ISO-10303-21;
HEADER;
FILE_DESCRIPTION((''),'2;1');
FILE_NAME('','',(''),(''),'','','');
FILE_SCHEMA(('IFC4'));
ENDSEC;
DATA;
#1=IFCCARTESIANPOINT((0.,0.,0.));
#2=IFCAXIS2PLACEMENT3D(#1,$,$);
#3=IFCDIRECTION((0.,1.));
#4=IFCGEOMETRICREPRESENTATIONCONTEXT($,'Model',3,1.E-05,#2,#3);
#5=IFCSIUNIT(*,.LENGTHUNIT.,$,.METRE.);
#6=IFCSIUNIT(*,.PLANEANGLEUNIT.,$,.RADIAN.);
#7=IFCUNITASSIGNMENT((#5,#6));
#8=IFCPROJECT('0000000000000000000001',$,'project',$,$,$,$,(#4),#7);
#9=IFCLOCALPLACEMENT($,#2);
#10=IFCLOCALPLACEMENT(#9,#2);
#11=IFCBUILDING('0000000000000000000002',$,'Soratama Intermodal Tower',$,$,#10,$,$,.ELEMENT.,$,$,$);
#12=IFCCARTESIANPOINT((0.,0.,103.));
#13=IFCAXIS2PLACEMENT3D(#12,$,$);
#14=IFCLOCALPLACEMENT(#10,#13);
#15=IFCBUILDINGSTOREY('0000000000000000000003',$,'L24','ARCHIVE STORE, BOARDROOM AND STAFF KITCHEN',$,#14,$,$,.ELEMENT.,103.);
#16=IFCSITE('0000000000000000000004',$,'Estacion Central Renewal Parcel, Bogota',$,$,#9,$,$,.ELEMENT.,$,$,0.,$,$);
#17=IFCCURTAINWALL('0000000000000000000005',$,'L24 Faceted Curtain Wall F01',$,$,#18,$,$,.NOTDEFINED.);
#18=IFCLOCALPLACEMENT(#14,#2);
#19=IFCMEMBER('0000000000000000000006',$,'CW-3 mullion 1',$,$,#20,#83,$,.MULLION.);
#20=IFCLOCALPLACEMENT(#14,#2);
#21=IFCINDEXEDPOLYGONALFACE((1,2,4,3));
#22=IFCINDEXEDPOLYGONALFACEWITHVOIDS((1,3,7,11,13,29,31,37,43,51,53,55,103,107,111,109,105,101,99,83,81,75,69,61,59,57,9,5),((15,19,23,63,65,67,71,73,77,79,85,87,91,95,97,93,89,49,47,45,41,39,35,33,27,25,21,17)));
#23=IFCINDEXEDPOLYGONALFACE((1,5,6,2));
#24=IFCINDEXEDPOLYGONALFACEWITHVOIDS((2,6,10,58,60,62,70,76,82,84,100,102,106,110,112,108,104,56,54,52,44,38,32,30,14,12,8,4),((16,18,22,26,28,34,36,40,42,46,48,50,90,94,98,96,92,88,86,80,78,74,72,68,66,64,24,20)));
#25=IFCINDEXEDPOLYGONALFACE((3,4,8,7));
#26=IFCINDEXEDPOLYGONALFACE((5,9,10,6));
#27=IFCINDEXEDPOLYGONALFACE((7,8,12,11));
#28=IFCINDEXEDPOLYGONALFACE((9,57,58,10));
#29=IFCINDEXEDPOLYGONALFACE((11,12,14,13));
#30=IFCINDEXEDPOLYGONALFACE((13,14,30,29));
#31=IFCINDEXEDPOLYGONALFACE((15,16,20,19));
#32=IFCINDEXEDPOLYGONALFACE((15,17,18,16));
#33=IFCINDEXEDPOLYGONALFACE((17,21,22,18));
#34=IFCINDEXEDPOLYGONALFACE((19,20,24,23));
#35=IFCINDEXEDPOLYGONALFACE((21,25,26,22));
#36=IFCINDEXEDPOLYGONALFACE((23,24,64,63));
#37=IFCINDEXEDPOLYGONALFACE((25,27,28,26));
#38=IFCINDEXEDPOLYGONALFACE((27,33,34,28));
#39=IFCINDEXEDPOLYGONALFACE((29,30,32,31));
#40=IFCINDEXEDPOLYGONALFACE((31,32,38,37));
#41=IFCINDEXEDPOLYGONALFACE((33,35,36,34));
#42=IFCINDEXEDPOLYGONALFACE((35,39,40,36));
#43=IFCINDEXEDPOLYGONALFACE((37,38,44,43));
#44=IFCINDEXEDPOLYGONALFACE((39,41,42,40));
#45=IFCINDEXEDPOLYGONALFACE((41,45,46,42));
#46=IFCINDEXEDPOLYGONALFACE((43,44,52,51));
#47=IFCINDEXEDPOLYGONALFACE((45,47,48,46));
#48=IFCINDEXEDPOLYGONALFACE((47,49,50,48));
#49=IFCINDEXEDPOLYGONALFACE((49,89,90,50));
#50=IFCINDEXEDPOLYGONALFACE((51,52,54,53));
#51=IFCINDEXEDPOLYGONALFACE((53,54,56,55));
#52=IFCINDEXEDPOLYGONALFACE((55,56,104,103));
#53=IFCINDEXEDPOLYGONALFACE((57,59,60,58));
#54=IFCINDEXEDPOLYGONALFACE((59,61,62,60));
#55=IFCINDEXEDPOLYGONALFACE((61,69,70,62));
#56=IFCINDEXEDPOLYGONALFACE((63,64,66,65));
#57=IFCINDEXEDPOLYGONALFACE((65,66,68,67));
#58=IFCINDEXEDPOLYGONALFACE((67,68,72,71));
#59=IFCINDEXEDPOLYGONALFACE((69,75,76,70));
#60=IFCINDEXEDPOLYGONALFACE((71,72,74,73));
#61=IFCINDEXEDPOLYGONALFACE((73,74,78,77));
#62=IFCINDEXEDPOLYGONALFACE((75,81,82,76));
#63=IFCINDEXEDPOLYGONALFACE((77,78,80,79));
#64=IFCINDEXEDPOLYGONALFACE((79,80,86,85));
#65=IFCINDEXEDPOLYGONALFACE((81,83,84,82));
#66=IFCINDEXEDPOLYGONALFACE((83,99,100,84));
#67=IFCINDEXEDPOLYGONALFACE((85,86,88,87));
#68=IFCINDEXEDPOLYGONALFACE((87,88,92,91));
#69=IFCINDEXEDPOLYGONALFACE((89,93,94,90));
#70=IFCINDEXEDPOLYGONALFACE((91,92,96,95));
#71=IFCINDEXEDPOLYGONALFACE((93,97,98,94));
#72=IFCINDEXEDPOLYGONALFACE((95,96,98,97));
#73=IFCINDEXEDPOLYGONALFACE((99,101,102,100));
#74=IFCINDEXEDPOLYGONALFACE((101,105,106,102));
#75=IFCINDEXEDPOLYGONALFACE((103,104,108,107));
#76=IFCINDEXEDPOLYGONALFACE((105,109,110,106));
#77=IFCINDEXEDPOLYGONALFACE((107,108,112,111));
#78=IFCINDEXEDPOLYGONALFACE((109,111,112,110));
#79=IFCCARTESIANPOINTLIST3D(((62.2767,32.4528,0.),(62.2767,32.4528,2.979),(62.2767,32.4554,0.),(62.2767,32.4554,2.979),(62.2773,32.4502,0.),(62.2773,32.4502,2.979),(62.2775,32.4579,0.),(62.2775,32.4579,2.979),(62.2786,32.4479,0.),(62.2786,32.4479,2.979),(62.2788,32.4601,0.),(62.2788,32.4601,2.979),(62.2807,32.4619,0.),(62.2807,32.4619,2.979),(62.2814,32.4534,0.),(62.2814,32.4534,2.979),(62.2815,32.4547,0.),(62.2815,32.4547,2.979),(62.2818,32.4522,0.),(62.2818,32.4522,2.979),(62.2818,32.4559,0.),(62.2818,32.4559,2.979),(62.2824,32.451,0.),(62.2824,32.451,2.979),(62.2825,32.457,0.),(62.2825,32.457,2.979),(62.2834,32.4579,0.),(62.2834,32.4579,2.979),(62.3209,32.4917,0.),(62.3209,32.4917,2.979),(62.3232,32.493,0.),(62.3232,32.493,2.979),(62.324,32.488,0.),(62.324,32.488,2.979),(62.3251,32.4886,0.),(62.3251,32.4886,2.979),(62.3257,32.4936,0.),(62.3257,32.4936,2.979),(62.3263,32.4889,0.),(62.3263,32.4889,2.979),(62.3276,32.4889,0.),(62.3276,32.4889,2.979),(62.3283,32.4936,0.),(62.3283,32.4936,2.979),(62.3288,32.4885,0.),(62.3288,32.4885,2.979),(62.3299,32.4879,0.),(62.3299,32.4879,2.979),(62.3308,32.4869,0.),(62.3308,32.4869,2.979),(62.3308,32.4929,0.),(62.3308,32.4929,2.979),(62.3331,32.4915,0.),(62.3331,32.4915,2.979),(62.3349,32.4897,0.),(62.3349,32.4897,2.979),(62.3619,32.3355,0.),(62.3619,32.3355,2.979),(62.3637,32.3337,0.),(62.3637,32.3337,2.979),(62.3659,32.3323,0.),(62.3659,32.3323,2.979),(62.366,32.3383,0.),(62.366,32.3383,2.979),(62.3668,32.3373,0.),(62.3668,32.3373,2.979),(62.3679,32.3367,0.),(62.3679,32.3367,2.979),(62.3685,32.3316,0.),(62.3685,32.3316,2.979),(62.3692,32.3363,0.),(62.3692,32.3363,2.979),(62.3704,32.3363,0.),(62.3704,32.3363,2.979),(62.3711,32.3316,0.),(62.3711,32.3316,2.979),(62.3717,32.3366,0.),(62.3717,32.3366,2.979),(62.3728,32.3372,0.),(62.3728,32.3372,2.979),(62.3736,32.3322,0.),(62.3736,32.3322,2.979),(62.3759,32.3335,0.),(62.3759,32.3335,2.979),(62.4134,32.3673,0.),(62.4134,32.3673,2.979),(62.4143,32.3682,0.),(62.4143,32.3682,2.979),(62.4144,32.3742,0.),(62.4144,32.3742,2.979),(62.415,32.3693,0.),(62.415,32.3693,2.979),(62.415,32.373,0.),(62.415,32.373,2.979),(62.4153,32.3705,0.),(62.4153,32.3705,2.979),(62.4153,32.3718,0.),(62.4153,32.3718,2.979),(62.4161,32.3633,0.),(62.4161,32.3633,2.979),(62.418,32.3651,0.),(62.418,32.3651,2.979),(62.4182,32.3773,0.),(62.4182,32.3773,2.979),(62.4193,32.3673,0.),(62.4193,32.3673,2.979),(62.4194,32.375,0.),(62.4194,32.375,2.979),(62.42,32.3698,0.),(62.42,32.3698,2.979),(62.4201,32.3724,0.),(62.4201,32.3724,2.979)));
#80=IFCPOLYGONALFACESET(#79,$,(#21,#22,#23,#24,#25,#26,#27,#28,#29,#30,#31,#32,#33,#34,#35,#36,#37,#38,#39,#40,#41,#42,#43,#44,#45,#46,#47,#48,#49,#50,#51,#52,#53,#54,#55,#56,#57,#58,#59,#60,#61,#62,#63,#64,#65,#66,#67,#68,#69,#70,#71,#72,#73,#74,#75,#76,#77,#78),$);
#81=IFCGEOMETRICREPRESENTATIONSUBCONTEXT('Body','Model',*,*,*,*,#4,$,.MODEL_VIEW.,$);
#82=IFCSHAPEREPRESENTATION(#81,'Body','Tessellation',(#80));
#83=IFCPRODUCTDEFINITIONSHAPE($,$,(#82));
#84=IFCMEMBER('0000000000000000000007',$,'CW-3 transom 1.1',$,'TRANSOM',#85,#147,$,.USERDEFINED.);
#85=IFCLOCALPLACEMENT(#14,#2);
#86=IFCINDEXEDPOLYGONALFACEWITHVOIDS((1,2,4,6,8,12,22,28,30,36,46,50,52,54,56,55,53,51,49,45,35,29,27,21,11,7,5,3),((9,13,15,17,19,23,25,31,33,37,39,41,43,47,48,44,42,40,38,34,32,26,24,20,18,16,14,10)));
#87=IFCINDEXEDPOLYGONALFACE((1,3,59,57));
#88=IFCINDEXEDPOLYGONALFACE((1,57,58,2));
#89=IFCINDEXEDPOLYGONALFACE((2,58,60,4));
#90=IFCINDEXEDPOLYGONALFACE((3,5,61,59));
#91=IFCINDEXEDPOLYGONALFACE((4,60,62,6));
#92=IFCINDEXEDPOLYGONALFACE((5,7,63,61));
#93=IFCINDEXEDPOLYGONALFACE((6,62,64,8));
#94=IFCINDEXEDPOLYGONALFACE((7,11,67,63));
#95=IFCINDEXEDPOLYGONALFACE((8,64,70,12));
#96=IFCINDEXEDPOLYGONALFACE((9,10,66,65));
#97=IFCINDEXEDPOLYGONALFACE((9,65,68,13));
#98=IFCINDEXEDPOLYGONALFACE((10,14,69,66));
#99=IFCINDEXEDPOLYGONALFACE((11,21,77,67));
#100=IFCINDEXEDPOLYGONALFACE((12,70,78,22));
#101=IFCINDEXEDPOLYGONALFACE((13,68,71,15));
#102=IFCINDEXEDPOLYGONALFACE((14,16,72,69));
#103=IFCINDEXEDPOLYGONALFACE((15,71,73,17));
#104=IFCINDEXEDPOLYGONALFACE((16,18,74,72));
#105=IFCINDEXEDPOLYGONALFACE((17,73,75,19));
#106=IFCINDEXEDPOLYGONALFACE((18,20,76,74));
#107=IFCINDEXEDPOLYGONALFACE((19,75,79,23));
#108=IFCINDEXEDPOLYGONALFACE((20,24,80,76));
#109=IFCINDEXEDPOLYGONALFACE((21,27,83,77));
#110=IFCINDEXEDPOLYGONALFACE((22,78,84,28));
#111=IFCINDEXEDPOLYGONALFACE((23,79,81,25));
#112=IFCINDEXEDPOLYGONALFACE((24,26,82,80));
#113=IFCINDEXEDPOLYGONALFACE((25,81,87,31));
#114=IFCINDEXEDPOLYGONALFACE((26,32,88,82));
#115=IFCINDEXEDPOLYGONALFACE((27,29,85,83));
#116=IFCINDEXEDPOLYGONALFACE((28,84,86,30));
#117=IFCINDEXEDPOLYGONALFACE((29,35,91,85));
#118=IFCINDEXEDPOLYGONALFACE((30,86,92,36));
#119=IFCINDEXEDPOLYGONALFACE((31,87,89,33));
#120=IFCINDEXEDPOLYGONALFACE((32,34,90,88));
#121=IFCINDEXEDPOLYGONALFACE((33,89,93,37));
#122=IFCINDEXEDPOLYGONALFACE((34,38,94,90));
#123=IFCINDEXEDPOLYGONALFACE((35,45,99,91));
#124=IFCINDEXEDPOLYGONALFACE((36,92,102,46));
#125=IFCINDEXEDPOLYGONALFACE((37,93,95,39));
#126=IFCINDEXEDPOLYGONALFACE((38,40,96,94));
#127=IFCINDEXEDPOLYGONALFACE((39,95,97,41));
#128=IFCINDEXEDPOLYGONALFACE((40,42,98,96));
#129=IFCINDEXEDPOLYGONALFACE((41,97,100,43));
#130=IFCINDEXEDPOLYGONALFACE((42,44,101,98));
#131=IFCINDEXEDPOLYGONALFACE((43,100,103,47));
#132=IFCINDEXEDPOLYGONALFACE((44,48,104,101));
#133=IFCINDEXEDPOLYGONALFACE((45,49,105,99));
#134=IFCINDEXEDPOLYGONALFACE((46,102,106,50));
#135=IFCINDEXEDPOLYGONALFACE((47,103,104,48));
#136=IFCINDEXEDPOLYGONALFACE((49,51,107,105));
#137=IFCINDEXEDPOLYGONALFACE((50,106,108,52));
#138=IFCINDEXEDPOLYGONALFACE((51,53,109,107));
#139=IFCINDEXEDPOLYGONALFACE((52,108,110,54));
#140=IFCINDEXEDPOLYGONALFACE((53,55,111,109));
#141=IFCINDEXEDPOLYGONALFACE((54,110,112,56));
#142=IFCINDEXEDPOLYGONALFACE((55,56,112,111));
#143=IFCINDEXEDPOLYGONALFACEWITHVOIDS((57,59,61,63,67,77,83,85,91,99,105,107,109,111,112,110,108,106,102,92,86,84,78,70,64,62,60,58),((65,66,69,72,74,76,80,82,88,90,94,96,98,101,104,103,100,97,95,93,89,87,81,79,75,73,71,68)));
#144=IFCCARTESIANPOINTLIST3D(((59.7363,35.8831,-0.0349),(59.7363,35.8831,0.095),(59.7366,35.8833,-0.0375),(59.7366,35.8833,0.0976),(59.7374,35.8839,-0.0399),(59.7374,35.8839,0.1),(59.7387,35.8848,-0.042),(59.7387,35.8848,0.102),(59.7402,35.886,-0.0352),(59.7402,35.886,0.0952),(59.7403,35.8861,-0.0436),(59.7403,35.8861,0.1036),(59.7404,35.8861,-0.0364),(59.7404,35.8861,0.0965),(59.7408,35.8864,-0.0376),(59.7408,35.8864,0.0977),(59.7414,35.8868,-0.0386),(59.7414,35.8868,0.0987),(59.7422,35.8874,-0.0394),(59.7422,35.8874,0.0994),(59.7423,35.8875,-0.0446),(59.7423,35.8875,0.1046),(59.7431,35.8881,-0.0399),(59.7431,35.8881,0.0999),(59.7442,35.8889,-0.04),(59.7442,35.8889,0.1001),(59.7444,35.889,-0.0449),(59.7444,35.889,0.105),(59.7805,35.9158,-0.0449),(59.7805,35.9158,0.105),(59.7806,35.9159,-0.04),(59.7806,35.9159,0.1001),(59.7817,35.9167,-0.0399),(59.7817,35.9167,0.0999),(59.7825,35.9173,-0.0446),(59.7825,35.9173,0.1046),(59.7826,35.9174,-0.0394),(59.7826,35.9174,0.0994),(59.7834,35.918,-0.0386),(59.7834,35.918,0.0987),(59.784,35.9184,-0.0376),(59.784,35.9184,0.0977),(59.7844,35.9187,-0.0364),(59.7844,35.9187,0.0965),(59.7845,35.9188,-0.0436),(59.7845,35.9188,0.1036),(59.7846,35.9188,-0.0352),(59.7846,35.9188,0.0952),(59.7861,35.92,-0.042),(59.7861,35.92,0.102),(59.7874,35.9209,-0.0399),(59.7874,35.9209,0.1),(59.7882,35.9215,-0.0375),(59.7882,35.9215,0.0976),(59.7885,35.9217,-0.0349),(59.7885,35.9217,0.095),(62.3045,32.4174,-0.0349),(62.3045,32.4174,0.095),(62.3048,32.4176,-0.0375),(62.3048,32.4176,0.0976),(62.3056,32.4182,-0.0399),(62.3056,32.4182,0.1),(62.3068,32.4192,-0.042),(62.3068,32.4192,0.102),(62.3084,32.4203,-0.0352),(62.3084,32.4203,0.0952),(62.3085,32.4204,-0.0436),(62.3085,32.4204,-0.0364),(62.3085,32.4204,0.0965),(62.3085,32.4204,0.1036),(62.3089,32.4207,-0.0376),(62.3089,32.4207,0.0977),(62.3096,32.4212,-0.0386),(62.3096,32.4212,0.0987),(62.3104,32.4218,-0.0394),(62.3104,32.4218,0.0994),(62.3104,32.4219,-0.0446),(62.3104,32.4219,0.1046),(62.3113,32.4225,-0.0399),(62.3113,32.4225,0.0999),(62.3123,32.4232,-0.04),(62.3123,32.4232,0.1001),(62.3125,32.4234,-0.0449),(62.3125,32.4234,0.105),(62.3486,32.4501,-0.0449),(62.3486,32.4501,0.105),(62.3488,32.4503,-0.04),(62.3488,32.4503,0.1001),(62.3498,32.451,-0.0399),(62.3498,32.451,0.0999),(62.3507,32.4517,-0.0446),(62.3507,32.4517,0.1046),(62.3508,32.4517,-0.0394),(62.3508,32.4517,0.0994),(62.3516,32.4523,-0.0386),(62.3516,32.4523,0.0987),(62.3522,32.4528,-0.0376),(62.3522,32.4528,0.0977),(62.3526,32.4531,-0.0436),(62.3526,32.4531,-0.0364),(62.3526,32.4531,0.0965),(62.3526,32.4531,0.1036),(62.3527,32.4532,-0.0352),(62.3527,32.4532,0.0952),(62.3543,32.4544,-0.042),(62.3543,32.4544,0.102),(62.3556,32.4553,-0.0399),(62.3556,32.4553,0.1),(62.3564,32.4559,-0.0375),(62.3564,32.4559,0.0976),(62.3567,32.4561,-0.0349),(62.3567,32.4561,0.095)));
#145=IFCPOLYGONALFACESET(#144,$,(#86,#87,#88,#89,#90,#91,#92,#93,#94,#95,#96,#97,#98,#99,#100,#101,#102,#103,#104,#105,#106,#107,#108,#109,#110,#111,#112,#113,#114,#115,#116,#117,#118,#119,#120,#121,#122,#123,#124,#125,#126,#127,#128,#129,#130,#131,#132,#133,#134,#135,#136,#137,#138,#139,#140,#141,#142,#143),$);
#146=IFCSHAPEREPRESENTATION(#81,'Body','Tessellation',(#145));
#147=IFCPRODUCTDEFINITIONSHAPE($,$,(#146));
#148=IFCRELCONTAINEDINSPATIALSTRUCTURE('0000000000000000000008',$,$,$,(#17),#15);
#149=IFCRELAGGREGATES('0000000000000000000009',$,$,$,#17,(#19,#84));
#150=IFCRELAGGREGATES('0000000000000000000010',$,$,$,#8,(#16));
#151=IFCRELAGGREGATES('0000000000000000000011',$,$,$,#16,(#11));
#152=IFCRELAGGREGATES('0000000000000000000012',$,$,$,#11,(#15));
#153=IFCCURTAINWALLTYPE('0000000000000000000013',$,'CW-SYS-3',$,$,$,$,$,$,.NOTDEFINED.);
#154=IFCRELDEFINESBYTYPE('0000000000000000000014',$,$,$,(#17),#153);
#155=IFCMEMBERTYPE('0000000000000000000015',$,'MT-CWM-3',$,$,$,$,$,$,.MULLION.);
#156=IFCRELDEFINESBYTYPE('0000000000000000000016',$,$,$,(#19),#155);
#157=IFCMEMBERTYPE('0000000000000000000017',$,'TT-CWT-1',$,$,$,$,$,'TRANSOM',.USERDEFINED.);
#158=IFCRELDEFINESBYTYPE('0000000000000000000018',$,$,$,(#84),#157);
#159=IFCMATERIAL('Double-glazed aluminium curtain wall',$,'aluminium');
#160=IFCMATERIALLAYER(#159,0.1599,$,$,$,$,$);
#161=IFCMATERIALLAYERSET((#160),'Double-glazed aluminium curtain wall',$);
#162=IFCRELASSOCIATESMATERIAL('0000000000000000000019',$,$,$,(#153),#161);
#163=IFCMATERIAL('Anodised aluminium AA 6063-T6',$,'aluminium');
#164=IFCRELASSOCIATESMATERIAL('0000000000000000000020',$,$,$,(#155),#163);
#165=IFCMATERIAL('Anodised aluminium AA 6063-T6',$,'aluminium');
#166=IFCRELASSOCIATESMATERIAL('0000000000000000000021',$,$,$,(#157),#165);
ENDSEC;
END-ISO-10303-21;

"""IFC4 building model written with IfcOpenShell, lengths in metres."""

from ifc_helpers import new_model, si_unit, direction, frame, origin, origin_2d, place, context, subcontext, project, spatial, hollow_rectangle, extrude, material, layer, layer_set, material_profile, profile_set, type_object, element, aggregate, save


model = new_model("IFC4")

# Units and contexts
model_context = context("Model", 3, precision=1e-05, world=origin(), true_north=direction((0.0, 1.0)))
body_context = subcontext(model_context, "Body", "Model", "MODEL_VIEW")
ifc_project = project(units=[si_unit("LENGTHUNIT", "METRE"), si_unit("PLANEANGLEUNIT", "RADIAN")], contexts=[model_context])

# Site, building, storey
site_placement = place(None, origin())
site = spatial("IfcSite", under=ifc_project, at=site_placement, Name="Estacion Central Renewal Parcel, Bogota", CompositionType="ELEMENT", RefElevation=0.0)
building_placement = place(site_placement, origin())
building = spatial("IfcBuilding", under=site, at=building_placement, Name="Soratama Intermodal Tower", CompositionType="ELEMENT")
storey_placement = place(building_placement, frame((0.0, 0.0, 103.0)))
storey = spatial("IfcBuildingStorey", under=building, at=storey_placement, Name="L24", Description="ARCHIVE STORE, BOARDROOM AND STAFF KITCHEN", CompositionType="ELEMENT", Elevation=103.0)

# Curtain wall, members
ifc_material_1 = material(Name="Double-glazed aluminium curtain wall", Category="aluminium")
ifc_layer_1 = layer(ifc_material_1, 0.1599)
ifc_layer_set_1 = layer_set([ifc_layer_1], Name="Double-glazed aluminium curtain wall")
curtain_wall_type = type_object("IfcCurtainWallType", Name="CW-SYS-3", PredefinedType="NOTDEFINED", material=ifc_layer_set_1)
curtain_wall_placement = place(storey_placement, origin())
curtain_wall = element("IfcCurtainWall", 1, at=curtain_wall_placement, inside=storey, type_object=curtain_wall_type, Name="L24 Faceted Curtain Wall F01", PredefinedType="NOTDEFINED")
ifc_material_2 = material(Name="Anodised aluminium AA 6063-T6", Category="aluminium")
ifc_material_profile_1 = material_profile(ifc_material_2, hollow_rectangle(XDim=0.0701, YDim=0.1599, WallThickness=0.0049, InnerFilletRadius=0.0049, OuterFilletRadius=0.01, at=origin_2d()), Name="CWM160X70X5")
ifc_profile_set_1 = profile_set([ifc_material_profile_1], Name="Anodised aluminium AA 6063-T6")
member_type_1 = type_object("IfcMemberType", Name="MT-CWM-3", PredefinedType="MULLION", material=ifc_profile_set_1)
member_1_placement = place(storey_placement, frame((62.3484, 32.4126, 0.0), z_axis=(0.0, 0.0, 1.0), x_axis=(-0.803442, -0.595383, 0.0)))
member_1 = element("IfcMember", 2, at=member_1_placement, type_object=member_type_1, Name="CW-3 mullion 1", PredefinedType="MULLION", context=body_context, shape_type="SweptSolid", body=[
    extrude(hollow_rectangle(XDim=0.0701, YDim=0.1599, WallThickness=0.0049, InnerFilletRadius=0.0049, OuterFilletRadius=0.01, at=origin_2d()), origin(), (0.0, 0.0, 1.0), 2.979),
])
ifc_material_3 = material(Name="Anodised aluminium AA 6063-T6", Category="aluminium")
ifc_material_profile_2 = material_profile(ifc_material_3, hollow_rectangle(XDim=0.0649, YDim=0.1499, WallThickness=0.0049, InnerFilletRadius=0.0049, OuterFilletRadius=0.01, at=origin_2d()), Name="CWT150X65X5")
ifc_profile_set_2 = profile_set([ifc_material_profile_2], Name="Anodised aluminium AA 6063-T6")
member_type_2 = type_object("IfcMemberType", Name="TT-CWT-1", ElementType="TRANSOM", PredefinedType="USERDEFINED", material=ifc_profile_set_2)
member_2_placement = place(storey_placement, frame((62.3306, 32.4368, 0.03), z_axis=(-0.59538, 0.803444, 0.0), x_axis=(-0.803444, -0.59538, 0.0)))
member_2 = element("IfcMember", 3, at=member_2_placement, type_object=member_type_2, Name="CW-3 transom 1.1", ObjectType="TRANSOM", PredefinedType="USERDEFINED", context=body_context, shape_type="SweptSolid", body=[
    extrude(hollow_rectangle(XDim=0.0649, YDim=0.1499, WallThickness=0.0049, InnerFilletRadius=0.0049, OuterFilletRadius=0.01, at=origin_2d()), origin(), (0.0, 0.0, 1.0), 4.3135),
])
aggregate(curtain_wall, [member_1, member_2])

save(model, "model.ifc")
